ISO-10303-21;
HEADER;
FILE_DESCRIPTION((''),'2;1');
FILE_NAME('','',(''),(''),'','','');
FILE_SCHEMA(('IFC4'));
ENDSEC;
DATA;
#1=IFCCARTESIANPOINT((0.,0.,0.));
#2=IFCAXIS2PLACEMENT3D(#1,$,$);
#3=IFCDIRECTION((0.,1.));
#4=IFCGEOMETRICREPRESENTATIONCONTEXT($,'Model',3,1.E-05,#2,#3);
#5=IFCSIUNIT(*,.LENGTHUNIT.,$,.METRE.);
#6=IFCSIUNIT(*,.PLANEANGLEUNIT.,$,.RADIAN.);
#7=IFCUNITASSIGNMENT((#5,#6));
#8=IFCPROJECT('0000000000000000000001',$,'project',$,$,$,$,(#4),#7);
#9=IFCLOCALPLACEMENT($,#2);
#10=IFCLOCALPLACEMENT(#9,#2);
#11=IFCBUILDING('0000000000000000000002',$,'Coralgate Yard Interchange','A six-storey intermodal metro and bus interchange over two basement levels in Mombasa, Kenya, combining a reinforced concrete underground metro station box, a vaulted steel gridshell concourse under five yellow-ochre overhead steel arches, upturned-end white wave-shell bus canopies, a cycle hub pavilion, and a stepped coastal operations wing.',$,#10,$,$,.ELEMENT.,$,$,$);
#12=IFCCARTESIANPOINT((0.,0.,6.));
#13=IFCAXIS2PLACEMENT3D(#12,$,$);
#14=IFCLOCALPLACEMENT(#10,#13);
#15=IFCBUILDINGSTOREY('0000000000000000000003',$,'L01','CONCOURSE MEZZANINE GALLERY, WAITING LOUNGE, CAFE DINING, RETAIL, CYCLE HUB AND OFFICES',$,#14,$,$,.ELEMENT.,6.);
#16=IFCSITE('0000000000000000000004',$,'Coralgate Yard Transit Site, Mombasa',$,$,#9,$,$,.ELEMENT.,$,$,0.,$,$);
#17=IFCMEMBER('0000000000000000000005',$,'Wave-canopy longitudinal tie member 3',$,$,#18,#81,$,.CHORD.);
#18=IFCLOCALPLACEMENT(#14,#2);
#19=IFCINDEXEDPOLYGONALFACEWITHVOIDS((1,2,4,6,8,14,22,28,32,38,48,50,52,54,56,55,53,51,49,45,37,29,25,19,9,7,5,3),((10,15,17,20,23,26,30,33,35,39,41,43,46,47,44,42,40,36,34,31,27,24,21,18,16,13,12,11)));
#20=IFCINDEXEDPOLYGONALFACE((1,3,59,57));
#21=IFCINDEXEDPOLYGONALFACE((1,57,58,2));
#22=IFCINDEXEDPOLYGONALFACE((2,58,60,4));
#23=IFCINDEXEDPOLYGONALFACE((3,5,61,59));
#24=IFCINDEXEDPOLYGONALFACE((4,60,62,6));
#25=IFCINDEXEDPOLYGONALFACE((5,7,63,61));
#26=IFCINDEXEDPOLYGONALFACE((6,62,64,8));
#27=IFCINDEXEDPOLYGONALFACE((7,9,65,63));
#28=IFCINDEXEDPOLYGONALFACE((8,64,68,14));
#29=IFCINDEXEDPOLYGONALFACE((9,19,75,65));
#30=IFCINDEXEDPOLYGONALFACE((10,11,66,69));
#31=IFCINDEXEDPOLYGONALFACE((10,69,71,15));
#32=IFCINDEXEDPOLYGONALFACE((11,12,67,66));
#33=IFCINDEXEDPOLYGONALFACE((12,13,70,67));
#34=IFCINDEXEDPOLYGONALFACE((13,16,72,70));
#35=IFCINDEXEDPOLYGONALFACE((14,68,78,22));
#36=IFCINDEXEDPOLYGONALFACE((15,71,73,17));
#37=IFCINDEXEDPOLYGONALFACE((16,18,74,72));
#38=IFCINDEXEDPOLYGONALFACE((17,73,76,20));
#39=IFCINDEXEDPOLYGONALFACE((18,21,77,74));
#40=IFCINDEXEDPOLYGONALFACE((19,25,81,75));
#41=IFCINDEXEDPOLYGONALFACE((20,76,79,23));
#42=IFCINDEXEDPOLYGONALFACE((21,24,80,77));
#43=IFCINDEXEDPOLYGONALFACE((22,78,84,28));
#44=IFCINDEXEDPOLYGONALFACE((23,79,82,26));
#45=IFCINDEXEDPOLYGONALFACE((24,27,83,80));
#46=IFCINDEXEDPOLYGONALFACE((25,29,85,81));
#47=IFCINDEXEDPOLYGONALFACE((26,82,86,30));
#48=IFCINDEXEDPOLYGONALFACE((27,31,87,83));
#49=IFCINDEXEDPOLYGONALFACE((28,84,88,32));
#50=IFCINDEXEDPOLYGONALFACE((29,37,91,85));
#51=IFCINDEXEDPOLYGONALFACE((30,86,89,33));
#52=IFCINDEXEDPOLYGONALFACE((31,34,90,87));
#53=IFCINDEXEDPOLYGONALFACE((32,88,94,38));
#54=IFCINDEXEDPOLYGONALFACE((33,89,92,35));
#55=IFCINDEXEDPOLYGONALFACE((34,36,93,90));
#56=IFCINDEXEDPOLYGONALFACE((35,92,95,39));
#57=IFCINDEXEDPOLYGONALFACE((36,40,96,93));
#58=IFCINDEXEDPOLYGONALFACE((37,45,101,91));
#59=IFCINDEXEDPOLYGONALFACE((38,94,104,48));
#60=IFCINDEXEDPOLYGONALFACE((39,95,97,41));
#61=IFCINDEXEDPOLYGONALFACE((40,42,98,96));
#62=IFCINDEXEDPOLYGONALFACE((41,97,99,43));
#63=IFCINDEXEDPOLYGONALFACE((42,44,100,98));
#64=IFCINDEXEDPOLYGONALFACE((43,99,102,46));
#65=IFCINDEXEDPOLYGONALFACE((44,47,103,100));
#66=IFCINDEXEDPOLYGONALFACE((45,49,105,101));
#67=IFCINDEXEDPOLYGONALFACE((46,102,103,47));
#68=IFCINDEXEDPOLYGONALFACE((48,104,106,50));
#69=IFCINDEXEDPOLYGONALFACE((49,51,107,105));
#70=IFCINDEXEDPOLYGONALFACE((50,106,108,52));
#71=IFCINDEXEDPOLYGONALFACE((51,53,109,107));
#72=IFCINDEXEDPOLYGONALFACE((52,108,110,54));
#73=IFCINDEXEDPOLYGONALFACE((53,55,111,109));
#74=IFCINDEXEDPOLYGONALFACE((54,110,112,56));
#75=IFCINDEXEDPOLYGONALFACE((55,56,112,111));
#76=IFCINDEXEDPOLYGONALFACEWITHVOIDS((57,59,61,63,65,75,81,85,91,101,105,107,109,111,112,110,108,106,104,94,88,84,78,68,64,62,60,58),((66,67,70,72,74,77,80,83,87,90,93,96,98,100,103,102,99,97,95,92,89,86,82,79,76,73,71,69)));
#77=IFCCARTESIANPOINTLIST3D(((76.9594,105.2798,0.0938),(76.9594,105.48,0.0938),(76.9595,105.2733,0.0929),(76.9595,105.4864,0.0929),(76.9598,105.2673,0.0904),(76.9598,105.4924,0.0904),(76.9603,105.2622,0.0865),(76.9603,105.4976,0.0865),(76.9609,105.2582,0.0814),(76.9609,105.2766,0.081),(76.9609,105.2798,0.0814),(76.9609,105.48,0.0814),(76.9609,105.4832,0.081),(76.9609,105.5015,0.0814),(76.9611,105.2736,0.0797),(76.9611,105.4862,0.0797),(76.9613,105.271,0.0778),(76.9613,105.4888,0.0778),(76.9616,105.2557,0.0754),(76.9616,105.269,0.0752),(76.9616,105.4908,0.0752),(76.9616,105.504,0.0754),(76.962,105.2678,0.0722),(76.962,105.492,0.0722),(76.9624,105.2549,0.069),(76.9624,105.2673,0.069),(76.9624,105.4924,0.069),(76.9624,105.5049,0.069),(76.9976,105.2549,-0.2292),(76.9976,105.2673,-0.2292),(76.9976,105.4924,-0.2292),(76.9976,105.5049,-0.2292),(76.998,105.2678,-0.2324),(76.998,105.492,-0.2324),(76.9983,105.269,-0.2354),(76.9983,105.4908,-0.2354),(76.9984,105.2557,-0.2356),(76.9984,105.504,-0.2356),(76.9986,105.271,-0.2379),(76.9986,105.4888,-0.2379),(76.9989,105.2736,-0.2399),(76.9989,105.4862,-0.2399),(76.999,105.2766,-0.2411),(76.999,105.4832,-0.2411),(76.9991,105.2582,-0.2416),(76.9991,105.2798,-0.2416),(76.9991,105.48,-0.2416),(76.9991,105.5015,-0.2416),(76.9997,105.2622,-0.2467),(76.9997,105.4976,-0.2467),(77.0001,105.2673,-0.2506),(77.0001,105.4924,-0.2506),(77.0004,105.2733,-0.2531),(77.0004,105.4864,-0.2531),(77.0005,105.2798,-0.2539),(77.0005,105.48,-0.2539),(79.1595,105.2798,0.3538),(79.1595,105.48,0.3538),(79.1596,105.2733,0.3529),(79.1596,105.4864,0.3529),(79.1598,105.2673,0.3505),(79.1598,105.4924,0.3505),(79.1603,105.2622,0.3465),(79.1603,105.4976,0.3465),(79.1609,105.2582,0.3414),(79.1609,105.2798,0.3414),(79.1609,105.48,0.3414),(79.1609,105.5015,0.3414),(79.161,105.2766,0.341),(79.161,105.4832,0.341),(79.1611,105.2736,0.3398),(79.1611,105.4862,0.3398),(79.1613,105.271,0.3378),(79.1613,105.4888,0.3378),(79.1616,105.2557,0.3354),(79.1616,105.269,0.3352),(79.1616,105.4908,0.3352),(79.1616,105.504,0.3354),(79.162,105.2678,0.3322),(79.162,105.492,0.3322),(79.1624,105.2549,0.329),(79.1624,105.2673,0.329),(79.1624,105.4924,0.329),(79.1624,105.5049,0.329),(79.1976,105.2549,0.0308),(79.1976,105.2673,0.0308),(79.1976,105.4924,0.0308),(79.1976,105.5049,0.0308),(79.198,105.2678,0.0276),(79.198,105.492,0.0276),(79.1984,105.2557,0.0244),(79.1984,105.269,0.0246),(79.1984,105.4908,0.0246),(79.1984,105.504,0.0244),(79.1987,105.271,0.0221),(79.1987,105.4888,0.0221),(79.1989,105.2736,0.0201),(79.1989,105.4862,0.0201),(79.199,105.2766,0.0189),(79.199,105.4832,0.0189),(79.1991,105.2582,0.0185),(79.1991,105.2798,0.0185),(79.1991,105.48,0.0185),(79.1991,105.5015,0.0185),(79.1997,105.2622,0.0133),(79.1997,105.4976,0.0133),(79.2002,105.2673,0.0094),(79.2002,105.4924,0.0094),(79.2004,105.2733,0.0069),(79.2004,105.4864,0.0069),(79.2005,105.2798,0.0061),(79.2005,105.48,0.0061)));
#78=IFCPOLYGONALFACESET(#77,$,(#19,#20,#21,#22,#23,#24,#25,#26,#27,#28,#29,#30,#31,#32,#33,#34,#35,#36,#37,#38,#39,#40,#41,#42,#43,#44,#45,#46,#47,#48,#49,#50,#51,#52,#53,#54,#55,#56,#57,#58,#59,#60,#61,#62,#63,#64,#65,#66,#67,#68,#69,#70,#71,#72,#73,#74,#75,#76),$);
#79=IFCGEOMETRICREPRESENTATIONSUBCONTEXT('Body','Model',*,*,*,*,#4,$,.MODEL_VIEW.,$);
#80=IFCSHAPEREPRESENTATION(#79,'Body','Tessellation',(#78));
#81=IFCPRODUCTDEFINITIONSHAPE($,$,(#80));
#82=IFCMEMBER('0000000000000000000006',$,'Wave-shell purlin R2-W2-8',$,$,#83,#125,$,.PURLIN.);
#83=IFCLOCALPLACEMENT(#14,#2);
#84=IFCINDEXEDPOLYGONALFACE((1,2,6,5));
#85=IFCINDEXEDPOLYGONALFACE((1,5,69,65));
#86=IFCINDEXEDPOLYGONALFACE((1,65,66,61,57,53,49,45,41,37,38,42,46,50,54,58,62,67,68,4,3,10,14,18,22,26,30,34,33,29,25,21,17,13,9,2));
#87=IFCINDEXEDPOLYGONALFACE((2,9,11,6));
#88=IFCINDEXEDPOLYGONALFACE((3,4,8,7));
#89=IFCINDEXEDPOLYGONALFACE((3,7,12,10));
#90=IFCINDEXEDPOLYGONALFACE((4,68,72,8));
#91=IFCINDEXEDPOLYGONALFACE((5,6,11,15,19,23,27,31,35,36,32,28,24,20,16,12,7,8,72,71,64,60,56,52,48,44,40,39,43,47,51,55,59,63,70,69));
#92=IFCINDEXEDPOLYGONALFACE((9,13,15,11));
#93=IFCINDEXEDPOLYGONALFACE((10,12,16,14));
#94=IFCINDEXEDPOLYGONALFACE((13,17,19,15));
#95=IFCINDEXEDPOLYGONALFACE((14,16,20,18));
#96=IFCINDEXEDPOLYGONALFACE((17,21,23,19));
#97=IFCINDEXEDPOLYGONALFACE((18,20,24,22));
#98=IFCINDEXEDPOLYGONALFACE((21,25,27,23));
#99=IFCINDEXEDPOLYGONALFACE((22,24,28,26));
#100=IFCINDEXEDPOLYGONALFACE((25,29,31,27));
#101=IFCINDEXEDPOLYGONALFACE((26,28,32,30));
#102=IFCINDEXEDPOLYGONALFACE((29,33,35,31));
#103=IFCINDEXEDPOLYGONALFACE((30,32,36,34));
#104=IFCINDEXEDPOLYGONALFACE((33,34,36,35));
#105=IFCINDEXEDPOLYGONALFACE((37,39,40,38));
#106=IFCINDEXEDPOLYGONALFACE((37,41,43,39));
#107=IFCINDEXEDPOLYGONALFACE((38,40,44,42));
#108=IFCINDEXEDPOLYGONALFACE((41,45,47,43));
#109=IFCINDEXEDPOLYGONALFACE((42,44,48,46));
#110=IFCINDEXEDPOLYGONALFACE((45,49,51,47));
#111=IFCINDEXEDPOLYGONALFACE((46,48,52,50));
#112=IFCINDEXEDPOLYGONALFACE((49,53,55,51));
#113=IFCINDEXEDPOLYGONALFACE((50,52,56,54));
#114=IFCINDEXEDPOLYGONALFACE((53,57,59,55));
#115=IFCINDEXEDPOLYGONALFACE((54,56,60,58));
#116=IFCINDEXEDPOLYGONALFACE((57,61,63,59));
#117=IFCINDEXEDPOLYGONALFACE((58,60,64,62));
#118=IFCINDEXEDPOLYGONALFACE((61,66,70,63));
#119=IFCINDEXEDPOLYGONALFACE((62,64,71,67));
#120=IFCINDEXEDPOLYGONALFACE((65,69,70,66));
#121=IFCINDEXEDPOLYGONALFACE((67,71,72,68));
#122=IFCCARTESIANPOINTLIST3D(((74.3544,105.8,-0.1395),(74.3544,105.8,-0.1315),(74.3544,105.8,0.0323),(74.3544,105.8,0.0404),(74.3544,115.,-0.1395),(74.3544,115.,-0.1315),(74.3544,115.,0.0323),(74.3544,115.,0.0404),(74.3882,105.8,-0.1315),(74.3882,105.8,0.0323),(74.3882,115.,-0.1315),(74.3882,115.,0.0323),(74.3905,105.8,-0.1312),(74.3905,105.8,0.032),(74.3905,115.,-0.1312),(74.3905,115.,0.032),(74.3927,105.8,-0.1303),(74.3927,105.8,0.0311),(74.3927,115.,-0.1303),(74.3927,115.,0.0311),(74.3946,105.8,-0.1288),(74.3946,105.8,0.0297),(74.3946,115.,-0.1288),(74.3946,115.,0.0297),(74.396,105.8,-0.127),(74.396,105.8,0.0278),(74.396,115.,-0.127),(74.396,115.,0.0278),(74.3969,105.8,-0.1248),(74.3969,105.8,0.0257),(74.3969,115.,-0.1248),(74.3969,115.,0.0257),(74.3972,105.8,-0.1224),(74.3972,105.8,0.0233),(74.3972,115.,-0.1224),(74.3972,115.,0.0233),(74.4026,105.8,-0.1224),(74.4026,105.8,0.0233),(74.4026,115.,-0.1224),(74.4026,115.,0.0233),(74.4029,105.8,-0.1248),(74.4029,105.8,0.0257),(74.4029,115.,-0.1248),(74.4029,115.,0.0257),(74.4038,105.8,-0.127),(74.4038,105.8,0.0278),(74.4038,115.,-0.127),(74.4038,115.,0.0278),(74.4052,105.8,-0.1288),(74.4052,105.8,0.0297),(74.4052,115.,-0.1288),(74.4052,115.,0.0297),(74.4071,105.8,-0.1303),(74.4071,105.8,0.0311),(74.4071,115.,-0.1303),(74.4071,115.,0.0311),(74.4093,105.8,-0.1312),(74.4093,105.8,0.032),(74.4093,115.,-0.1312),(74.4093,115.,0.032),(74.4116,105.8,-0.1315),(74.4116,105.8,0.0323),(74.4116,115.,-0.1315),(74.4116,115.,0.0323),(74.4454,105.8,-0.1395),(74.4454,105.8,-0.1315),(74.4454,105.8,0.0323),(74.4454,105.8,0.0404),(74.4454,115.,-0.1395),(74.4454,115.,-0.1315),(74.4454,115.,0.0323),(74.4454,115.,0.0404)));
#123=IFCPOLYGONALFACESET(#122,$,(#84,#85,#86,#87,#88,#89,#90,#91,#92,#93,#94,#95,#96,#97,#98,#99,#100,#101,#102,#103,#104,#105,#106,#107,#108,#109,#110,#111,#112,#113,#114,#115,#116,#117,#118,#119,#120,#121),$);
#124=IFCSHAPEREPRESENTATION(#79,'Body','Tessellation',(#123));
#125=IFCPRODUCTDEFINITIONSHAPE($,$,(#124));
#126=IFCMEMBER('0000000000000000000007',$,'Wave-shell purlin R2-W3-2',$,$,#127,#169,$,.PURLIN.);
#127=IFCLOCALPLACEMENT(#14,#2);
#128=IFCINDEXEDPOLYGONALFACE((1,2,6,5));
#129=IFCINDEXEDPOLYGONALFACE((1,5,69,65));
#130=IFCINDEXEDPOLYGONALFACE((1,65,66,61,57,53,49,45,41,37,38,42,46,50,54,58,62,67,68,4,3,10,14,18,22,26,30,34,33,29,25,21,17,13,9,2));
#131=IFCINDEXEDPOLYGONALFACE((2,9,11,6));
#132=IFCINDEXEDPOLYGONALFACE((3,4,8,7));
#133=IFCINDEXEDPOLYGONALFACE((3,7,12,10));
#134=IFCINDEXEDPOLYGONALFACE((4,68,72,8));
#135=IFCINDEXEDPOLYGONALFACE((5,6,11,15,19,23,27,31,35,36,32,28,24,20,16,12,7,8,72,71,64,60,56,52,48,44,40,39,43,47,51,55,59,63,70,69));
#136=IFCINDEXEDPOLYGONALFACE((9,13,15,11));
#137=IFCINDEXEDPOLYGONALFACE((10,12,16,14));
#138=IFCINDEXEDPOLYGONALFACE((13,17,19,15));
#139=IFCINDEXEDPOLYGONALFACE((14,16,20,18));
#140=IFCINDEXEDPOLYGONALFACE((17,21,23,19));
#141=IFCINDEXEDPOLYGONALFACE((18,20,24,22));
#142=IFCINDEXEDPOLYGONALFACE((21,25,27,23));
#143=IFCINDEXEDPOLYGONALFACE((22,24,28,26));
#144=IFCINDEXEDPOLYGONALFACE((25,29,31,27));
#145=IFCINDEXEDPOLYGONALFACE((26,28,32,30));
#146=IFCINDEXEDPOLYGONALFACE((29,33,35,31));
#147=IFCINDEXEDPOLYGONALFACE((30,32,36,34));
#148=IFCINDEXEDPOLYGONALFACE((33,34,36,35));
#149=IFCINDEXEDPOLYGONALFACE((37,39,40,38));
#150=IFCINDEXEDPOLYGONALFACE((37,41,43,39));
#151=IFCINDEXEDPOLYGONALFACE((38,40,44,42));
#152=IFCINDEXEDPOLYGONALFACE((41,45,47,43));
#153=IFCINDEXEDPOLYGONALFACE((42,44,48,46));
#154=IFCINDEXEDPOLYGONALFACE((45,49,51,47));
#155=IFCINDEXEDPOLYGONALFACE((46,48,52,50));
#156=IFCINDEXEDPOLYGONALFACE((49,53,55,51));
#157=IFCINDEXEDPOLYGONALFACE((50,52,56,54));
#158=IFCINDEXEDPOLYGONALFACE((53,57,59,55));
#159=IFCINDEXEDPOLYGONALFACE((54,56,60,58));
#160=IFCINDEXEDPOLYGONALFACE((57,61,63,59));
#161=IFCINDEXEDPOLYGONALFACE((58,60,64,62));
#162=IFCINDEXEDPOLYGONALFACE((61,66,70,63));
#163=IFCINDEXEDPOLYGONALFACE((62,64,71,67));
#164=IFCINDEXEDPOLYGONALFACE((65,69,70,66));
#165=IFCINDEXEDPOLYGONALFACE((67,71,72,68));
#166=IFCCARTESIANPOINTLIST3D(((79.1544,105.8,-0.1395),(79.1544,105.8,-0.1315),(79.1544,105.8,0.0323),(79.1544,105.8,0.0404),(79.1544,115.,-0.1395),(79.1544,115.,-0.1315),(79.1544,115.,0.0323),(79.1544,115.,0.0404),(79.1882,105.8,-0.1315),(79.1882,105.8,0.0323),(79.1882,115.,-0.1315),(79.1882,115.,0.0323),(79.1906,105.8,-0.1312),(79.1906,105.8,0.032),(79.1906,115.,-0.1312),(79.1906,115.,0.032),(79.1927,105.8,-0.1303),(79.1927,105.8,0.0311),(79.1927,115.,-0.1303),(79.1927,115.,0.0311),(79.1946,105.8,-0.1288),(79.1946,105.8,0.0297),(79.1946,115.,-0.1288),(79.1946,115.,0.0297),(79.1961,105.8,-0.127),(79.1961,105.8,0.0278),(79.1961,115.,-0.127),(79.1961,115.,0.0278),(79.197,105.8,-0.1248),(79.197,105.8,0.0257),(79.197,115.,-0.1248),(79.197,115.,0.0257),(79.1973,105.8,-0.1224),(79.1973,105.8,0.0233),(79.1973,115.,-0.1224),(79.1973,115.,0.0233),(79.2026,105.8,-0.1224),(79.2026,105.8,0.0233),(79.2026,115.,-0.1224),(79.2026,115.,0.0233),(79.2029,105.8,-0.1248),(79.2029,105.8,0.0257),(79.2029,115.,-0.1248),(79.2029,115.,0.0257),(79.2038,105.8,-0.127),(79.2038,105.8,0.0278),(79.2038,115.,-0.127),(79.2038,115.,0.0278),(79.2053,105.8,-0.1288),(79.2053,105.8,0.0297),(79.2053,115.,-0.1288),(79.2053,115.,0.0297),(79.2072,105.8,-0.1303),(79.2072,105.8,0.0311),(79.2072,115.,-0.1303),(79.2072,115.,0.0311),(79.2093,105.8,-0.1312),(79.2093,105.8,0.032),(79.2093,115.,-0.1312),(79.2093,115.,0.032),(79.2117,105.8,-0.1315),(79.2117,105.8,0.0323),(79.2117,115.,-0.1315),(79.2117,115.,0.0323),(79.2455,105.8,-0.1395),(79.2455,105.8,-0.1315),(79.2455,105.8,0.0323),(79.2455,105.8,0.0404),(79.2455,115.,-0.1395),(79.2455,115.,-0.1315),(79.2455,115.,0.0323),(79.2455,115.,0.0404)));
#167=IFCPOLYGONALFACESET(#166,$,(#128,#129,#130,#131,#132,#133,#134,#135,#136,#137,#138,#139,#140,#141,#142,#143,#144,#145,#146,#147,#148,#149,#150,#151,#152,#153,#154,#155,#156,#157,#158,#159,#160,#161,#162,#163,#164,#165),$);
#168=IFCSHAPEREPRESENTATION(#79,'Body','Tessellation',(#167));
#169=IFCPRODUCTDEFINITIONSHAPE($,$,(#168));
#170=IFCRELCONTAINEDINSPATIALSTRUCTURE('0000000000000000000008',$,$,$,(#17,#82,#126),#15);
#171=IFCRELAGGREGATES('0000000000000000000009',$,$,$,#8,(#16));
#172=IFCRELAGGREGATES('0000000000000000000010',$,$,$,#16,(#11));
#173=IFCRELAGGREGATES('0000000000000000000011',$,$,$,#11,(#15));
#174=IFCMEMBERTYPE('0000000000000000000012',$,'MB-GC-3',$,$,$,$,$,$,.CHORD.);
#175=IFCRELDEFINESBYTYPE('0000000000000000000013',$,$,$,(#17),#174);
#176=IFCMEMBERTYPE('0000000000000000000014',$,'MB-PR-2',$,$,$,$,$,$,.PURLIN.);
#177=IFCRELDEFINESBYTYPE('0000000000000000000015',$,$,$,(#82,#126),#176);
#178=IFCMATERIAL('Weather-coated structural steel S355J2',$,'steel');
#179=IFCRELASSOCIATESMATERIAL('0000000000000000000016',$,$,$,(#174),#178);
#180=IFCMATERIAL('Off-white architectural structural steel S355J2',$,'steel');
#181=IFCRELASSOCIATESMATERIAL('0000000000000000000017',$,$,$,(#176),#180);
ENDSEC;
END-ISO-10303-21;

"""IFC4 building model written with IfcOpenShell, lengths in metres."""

from ifc_helpers import new_model, si_unit, direction, frame, origin, origin_2d, place, context, subcontext, project, spatial, hollow_rectangle, i_section, extrude, material, material_profile, profile_set, type_object, element, save


model = new_model("IFC4")

# Units and contexts
model_context = context("Model", 3, precision=1e-05, world=origin(), true_north=direction((0.0, 1.0)))
body_context = subcontext(model_context, "Body", "Model", "MODEL_VIEW")
ifc_project = project(units=[si_unit("LENGTHUNIT", "METRE"), si_unit("PLANEANGLEUNIT", "RADIAN")], contexts=[model_context])

# Site, building, storey
site_placement = place(None, origin())
site = spatial("IfcSite", under=ifc_project, at=site_placement, Name="Coralgate Yard Transit Site, Mombasa", CompositionType="ELEMENT", RefElevation=0.0)
building_placement = place(site_placement, origin())
building = spatial("IfcBuilding", under=site, at=building_placement, Name="Coralgate Yard Interchange", Description="A six-storey intermodal metro and bus interchange over two basement levels in Mombasa, Kenya, combining a reinforced concrete underground metro station box, a vaulted steel gridshell concourse under five yellow-ochre overhead steel arches, upturned-end white wave-shell bus canopies, a cycle hub pavilion, and a stepped coastal operations wing.", CompositionType="ELEMENT")
storey_placement = place(building_placement, frame((0.0, 0.0, 6.0)))
storey = spatial("IfcBuildingStorey", under=building, at=storey_placement, Name="L01", Description="CONCOURSE MEZZANINE GALLERY, WAITING LOUNGE, CAFE DINING, RETAIL, CYCLE HUB AND OFFICES", CompositionType="ELEMENT", Elevation=6.0)

# Shared definitions
ifc_material_1 = material(Name="Off-white architectural structural steel S355J2", Category="steel")

# Members
ifc_material_2 = material(Name="Weather-coated structural steel S355J2", Category="steel")
ifc_material_profile_1 = material_profile(ifc_material_2, hollow_rectangle(XDim=0.25, YDim=0.3501, WallThickness=0.0125, InnerFilletRadius=0.0125, OuterFilletRadius=0.0249, at=origin_2d()), Name="RHS 350x250x12.5")
ifc_profile_set_1 = profile_set([ifc_material_profile_1], Name="Weather-coated structural steel S355J2")
member_type_1 = type_object("IfcMemberType", Name="MB-GC-3", PredefinedType="CHORD", material=ifc_profile_set_1)
member_placement = place(storey_placement, frame((76.98, 105.3799, -0.0801), z_axis=(0.993088, 0.0, 0.117372), x_axis=(0.0, 1.0, 0.0)))
element("IfcMember", 1, at=member_placement, inside=storey, type_object=member_type_1, Name="Wave-canopy longitudinal tie member 3", PredefinedType="CHORD", context=body_context, shape_type="SweptSolid", body=[
    extrude(hollow_rectangle(XDim=0.25, YDim=0.3501, WallThickness=0.0125, InnerFilletRadius=0.0125, OuterFilletRadius=0.0249, at=origin_2d()), origin(), (0.0, 0.0, 1.0), 2.2153),
])
ifc_material_profile_2 = material_profile(ifc_material_1, i_section(OverallWidth=0.0911, OverallDepth=0.1799, WebThickness=0.0054, FlangeThickness=0.0081, FilletRadius=0.009, at=origin_2d()), Name="IPE 180")
ifc_profile_set_2 = profile_set([ifc_material_profile_2], Name="Off-white architectural structural steel S355J2")
member_type_2 = type_object("IfcMemberType", Name="MB-PR-2", PredefinedType="PURLIN", material=ifc_profile_set_2)
for number, where, z_axis, x_axis, name in (
    (2, (74.3999, 105.8, -0.0496), (0.0, 1.0, 0.0), (-1.0, 0.0, 0.0), "Wave-shell purlin R2-W2-8"),
    (3, (79.2, 105.8, -0.0496), (0.0, 1.0, 0.0), (-1.0, 0.0, 0.0), "Wave-shell purlin R2-W3-2"),
):
    element("IfcMember", number, at=place(storey_placement, frame(where, z_axis=z_axis, x_axis=x_axis)), inside=storey, type_object=member_type_2, Name=name, PredefinedType="PURLIN", context=body_context, shape_type="SweptSolid", body=[
        extrude(i_section(OverallWidth=0.0911, OverallDepth=0.1799, WebThickness=0.0054, FlangeThickness=0.0081, FilletRadius=0.009, at=origin_2d()), origin(), (0.0, 0.0, 1.0), 9.2),
    ])

save(model, "model.ifc")
